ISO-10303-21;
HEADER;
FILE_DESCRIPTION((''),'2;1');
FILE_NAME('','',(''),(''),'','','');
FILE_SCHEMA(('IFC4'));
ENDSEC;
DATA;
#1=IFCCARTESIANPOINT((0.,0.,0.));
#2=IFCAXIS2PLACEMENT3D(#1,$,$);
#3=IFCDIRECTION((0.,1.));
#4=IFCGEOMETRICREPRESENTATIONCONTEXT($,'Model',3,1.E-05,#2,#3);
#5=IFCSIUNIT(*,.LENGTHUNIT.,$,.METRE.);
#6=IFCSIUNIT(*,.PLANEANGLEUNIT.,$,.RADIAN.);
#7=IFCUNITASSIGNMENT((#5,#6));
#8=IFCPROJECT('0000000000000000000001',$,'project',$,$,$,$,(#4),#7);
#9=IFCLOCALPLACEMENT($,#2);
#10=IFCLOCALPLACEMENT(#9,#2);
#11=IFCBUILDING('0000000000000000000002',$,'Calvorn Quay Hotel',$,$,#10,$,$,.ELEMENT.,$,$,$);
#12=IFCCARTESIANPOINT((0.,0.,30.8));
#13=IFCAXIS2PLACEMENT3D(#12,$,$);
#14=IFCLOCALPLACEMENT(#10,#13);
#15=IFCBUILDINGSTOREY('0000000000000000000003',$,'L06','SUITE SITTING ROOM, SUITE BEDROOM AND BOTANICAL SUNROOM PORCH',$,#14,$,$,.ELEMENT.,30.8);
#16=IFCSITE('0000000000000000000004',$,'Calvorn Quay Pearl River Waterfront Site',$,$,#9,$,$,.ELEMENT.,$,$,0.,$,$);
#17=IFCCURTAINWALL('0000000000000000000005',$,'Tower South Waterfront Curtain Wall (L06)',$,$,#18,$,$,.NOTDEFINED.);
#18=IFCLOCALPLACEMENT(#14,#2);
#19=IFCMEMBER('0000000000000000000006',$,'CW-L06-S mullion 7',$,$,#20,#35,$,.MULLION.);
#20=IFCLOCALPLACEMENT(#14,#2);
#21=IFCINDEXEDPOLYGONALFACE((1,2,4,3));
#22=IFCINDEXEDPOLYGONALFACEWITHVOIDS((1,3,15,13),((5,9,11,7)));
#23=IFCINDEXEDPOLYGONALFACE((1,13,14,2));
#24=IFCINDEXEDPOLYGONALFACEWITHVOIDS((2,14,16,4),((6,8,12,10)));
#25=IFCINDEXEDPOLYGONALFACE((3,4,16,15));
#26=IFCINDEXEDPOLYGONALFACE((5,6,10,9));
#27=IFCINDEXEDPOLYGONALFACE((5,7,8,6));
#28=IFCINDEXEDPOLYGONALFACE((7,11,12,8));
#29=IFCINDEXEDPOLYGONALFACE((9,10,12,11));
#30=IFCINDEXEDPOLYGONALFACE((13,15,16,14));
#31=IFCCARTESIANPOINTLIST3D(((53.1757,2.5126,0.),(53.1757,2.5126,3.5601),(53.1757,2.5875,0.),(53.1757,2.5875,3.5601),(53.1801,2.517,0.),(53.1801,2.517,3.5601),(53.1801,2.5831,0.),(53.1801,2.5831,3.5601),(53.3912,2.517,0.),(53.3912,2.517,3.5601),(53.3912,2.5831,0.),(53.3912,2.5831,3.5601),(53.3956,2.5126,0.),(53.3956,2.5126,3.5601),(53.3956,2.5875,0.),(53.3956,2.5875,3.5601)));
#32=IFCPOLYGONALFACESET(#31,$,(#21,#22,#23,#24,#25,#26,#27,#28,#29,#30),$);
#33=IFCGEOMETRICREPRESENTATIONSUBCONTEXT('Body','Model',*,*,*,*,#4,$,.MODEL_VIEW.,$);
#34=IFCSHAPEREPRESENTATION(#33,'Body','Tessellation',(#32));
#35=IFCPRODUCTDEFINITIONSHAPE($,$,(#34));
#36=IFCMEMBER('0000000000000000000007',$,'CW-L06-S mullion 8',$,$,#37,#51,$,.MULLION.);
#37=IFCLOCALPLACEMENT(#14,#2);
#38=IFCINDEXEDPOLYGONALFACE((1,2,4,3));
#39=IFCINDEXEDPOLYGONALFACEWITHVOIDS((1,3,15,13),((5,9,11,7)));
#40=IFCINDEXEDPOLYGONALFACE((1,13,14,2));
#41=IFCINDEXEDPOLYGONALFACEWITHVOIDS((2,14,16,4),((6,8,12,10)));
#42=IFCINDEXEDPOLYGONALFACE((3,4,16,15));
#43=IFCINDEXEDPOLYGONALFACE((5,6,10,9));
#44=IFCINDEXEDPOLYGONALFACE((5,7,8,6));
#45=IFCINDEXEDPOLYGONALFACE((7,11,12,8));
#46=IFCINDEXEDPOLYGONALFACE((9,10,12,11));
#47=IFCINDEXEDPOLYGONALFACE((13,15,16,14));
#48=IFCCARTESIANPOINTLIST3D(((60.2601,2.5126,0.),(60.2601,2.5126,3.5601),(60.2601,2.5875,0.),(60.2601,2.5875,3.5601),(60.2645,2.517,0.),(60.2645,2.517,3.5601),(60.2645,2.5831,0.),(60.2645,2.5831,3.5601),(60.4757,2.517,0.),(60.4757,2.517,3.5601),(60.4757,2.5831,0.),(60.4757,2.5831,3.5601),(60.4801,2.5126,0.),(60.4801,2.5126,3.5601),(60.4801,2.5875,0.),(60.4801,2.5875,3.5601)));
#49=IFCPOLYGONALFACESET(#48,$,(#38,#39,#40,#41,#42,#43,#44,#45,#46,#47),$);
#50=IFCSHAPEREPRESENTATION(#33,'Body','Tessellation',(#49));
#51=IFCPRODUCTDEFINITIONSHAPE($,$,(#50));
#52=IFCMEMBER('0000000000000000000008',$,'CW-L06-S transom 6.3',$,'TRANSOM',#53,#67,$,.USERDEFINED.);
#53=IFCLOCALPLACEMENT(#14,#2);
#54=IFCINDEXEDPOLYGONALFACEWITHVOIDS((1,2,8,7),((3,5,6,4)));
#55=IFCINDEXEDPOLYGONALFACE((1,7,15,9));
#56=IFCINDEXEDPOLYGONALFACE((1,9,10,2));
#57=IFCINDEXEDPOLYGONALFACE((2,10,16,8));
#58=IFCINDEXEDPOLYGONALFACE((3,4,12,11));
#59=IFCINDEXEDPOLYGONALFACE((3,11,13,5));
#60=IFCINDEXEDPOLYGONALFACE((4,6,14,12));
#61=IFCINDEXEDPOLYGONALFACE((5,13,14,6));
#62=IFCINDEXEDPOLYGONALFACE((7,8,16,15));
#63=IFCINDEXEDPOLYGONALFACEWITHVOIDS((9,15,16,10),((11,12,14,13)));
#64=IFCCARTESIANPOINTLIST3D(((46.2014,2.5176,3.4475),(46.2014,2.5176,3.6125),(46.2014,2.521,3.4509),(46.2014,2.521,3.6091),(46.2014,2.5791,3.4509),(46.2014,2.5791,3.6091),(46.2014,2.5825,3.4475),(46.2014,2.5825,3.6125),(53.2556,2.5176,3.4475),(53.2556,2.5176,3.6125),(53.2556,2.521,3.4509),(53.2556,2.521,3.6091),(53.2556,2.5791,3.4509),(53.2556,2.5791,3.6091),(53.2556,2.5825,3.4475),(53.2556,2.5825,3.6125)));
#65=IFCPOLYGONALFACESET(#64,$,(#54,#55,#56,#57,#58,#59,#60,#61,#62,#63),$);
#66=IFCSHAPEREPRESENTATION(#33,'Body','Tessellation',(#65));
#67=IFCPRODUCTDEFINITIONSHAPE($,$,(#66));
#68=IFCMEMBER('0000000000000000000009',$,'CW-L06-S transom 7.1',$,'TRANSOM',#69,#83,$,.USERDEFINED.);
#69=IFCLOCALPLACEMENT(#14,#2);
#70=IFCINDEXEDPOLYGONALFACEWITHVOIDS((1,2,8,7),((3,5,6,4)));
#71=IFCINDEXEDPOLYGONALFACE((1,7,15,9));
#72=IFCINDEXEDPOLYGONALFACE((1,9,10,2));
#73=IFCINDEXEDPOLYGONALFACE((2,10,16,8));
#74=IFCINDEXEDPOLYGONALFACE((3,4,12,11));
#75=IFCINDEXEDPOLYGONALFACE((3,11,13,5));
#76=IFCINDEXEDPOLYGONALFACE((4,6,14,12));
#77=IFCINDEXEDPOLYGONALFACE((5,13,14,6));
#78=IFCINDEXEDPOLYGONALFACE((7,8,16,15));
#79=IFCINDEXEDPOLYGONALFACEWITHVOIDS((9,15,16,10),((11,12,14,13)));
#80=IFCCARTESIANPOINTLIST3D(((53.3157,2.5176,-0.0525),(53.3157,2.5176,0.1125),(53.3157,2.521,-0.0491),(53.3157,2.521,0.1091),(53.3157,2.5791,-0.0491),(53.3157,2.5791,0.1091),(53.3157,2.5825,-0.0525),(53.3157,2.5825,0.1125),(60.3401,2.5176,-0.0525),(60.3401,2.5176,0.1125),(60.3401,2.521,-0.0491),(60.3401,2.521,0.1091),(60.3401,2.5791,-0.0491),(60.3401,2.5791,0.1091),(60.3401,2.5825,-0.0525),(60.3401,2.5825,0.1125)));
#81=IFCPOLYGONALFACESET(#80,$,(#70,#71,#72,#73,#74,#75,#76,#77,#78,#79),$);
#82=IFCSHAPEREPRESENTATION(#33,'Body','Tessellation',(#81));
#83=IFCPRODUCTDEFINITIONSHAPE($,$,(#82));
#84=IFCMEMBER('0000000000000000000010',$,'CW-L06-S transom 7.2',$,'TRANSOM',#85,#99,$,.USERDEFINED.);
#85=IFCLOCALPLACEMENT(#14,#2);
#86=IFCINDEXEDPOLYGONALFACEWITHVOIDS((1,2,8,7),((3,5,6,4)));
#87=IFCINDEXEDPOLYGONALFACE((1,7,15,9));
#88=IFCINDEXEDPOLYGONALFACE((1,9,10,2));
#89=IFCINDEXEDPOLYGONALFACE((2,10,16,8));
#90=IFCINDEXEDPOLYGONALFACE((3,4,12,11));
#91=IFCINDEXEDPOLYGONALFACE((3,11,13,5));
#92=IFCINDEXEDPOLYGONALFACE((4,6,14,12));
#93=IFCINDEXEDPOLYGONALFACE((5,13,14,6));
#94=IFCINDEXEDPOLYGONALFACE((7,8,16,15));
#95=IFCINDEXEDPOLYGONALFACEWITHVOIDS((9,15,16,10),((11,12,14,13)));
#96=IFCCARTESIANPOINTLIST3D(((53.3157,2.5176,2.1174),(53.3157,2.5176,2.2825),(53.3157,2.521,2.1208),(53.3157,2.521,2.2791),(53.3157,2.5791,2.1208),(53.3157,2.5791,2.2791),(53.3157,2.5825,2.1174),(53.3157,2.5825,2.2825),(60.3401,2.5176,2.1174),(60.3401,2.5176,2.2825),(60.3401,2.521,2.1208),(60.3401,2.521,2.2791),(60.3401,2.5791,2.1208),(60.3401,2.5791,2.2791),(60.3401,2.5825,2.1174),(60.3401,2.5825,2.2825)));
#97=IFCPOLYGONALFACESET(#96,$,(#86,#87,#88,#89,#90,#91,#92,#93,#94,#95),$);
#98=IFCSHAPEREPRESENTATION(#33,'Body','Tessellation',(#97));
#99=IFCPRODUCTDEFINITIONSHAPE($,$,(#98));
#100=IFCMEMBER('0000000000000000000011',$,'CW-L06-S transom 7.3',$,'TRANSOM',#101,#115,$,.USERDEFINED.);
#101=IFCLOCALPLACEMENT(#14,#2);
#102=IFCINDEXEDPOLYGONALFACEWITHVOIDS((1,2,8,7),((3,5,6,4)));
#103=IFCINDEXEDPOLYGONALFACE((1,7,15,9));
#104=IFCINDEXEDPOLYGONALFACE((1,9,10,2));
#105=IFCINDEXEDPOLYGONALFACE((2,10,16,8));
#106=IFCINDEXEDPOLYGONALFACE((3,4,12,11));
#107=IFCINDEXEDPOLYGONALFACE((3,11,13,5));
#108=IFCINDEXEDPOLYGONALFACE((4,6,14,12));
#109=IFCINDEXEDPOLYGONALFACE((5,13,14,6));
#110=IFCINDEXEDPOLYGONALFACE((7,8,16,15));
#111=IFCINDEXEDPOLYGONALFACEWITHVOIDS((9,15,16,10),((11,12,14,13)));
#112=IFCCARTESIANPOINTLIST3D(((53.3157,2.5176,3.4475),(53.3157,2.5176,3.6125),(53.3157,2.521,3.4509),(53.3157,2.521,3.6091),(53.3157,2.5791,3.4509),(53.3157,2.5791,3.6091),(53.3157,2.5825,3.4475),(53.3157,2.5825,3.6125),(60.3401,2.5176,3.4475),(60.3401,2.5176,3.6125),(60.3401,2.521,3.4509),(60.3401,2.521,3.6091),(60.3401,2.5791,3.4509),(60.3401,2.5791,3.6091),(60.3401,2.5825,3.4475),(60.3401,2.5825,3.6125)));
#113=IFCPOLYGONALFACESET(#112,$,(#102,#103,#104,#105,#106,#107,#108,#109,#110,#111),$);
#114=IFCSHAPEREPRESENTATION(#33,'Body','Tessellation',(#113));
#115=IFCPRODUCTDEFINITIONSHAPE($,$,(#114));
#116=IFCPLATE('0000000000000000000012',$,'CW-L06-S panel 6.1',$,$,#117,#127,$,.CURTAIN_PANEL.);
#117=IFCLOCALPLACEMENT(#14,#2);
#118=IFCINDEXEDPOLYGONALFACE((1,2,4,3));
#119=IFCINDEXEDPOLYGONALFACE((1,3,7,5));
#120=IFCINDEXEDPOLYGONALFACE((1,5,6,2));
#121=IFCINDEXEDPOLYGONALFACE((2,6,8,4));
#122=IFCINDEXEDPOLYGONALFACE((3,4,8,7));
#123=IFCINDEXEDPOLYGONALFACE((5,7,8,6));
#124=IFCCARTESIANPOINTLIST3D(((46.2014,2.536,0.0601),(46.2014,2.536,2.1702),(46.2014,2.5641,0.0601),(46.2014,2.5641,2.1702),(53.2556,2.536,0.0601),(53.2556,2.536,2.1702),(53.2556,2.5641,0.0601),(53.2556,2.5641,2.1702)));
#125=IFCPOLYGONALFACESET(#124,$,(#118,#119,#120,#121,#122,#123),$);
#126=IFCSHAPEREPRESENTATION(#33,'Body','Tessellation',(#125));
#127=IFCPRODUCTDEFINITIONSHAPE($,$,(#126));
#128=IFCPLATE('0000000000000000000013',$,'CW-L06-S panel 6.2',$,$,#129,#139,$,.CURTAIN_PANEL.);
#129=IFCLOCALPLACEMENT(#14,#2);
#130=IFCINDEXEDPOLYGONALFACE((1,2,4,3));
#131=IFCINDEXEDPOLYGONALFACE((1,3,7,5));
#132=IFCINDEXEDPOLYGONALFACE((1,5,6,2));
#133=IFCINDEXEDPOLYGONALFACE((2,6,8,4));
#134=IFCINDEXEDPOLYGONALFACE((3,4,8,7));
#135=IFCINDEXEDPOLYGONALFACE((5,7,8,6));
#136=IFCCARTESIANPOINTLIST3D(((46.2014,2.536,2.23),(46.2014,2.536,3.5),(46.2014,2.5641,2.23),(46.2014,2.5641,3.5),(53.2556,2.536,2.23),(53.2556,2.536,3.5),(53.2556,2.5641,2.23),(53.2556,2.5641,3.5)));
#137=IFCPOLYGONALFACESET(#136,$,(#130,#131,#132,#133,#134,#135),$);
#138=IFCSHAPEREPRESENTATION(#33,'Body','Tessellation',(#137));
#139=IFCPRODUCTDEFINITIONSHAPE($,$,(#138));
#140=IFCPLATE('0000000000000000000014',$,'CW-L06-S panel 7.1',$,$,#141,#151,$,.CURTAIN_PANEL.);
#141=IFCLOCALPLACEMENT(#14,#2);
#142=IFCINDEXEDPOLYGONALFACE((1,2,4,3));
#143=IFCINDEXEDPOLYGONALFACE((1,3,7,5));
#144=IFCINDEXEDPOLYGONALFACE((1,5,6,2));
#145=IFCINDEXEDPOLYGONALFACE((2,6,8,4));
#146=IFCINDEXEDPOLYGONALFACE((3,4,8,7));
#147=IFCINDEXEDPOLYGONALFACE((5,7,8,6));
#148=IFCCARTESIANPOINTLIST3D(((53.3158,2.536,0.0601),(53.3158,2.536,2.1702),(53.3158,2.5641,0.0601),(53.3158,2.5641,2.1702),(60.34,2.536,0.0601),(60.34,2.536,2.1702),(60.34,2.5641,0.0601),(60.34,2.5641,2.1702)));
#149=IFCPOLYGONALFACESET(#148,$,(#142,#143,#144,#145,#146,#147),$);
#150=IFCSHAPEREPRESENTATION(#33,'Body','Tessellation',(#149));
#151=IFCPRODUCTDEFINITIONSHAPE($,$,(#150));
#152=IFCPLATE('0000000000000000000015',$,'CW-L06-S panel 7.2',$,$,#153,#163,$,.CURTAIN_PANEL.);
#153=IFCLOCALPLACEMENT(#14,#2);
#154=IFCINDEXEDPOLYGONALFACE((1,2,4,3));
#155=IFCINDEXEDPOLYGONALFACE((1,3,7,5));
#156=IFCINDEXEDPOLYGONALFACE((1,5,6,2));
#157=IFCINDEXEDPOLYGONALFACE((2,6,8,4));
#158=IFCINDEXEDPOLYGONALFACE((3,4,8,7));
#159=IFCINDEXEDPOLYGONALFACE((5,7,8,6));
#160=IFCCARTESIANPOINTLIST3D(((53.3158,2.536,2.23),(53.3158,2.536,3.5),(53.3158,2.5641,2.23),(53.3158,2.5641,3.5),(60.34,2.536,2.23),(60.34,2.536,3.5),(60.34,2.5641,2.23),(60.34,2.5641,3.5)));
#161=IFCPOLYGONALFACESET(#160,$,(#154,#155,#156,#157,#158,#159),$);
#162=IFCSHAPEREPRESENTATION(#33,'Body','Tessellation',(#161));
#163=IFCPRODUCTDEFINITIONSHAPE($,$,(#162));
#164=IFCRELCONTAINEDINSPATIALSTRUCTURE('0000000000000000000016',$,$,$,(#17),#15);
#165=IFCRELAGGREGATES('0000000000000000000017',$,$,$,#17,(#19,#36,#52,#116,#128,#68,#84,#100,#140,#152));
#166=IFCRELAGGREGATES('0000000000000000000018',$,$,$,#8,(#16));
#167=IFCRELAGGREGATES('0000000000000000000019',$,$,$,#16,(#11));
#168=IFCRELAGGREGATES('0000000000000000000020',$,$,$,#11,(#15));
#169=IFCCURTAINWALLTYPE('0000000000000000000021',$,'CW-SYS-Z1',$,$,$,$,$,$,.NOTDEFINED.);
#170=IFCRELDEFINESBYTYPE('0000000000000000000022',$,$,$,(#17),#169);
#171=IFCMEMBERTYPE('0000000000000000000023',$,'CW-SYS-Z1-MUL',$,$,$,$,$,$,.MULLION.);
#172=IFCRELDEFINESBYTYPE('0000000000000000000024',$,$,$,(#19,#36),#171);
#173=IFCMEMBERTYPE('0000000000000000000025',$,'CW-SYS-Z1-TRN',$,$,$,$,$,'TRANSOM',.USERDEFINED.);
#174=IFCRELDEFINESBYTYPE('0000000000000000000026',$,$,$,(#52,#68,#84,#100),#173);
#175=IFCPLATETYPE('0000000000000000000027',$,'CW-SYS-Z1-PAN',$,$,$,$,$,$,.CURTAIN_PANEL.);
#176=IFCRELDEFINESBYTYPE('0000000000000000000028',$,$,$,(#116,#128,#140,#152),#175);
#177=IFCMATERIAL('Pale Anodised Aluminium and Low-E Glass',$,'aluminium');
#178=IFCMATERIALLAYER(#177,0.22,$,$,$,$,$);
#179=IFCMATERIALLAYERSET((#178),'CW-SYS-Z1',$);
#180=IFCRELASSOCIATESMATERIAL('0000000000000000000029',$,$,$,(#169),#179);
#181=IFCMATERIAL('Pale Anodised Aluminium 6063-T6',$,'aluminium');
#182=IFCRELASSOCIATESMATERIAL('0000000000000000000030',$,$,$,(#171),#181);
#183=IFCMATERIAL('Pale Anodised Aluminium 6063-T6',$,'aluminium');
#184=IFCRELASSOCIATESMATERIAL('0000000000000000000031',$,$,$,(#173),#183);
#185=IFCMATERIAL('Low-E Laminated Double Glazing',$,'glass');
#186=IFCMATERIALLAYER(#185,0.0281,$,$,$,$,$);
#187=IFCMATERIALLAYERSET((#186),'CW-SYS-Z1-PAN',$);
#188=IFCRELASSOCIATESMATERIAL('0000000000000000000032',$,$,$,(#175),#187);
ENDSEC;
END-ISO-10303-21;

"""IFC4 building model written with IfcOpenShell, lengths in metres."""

from ifc_helpers import new_model, si_unit, direction, frame, origin, origin_2d, place, context, subcontext, project, spatial, rectangle, hollow_rectangle, extrude, material, layer, layer_set, material_profile, profile_set, type_object, element, aggregate, save


model = new_model("IFC4")

# Units and contexts
model_context = context("Model", 3, precision=1e-05, world=origin(), true_north=direction((0.0, 1.0)))
body_context = subcontext(model_context, "Body", "Model", "MODEL_VIEW")
ifc_project = project(units=[si_unit("LENGTHUNIT", "METRE"), si_unit("PLANEANGLEUNIT", "RADIAN")], contexts=[model_context])

# Site, building, storey
site_placement = place(None, origin())
site = spatial("IfcSite", under=ifc_project, at=site_placement, Name="Calvorn Quay Pearl River Waterfront Site", CompositionType="ELEMENT", RefElevation=0.0)
building_placement = place(site_placement, origin())
building = spatial("IfcBuilding", under=site, at=building_placement, Name="Calvorn Quay Hotel", CompositionType="ELEMENT")
storey_placement = place(building_placement, frame((0.0, 0.0, 30.8)))
storey = spatial("IfcBuildingStorey", under=building, at=storey_placement, Name="L06", Description="SUITE SITTING ROOM, SUITE BEDROOM AND BOTANICAL SUNROOM PORCH", CompositionType="ELEMENT", Elevation=30.8)

# Curtain wall, members, plates
ifc_material_1 = material(Name="Pale Anodised Aluminium and Low-E Glass", Category="aluminium")
ifc_layer_1 = layer(ifc_material_1, 0.22)
ifc_layer_set_1 = layer_set([ifc_layer_1], Name="CW-SYS-Z1")
curtain_wall_type = type_object("IfcCurtainWallType", Name="CW-SYS-Z1", PredefinedType="NOTDEFINED", material=ifc_layer_set_1)
curtain_wall_placement = place(storey_placement, origin())
curtain_wall = element("IfcCurtainWall", 1, at=curtain_wall_placement, inside=storey, type_object=curtain_wall_type, Name="Tower South Waterfront Curtain Wall (L06)", PredefinedType="NOTDEFINED")
ifc_material_2 = material(Name="Pale Anodised Aluminium 6063-T6", Category="aluminium")
ifc_material_profile_1 = material_profile(ifc_material_2, hollow_rectangle(XDim=0.075, YDim=0.22, WallThickness=0.0044, at=origin_2d()), Name="ALU-M220x75x4.5")
ifc_profile_set_1 = profile_set([ifc_material_profile_1], Name="Pale Anodised Aluminium 6063-T6")
member_type_1 = type_object("IfcMemberType", Name="CW-SYS-Z1-MUL", PredefinedType="MULLION", material=ifc_profile_set_1)
member_1_placement = place(storey_placement, frame((53.2856, 2.55, 0.0), z_axis=(0.0, 0.0, 1.0), x_axis=(0.0, 1.0, 0.0)))
member_1 = element("IfcMember", 2, at=member_1_placement, type_object=member_type_1, Name="CW-L06-S mullion 7", PredefinedType="MULLION", context=body_context, shape_type="SweptSolid", body=[
    extrude(hollow_rectangle(XDim=0.075, YDim=0.22, WallThickness=0.0044, at=origin_2d()), origin(), (0.0, 0.0, 1.0), 3.5601),
])
member_2_placement = place(storey_placement, frame((60.3701, 2.55, 0.0), z_axis=(0.0, 0.0, 1.0), x_axis=(0.0, 1.0, 0.0)))
member_2 = element("IfcMember", 3, at=member_2_placement, type_object=member_type_1, Name="CW-L06-S mullion 8", PredefinedType="MULLION", context=body_context, shape_type="SweptSolid", body=[
    extrude(hollow_rectangle(XDim=0.075, YDim=0.22, WallThickness=0.0044, at=origin_2d()), origin(), (0.0, 0.0, 1.0), 3.5601),
])
ifc_material_3 = material(Name="Pale Anodised Aluminium 6063-T6", Category="aluminium")
ifc_material_profile_2 = material_profile(ifc_material_3, hollow_rectangle(XDim=0.0649, YDim=0.165, WallThickness=0.0034, at=origin_2d()), Name="ALU-T165x65x3.5")
ifc_profile_set_2 = profile_set([ifc_material_profile_2], Name="Pale Anodised Aluminium 6063-T6")
member_type_2 = type_object("IfcMemberType", Name="CW-SYS-Z1-TRN", ElementType="TRANSOM", PredefinedType="USERDEFINED", material=ifc_profile_set_2)
member_3_placement = place(storey_placement, frame((46.2014, 2.55, 3.53), z_axis=(1.0, 0.0, 0.0), x_axis=(0.0, 1.0, 0.0)))
member_3 = element("IfcMember", 4, at=member_3_placement, type_object=member_type_2, Name="CW-L06-S transom 6.3", ObjectType="TRANSOM", PredefinedType="USERDEFINED", context=body_context, shape_type="SweptSolid", body=[
    extrude(hollow_rectangle(XDim=0.0649, YDim=0.165, WallThickness=0.0034, at=origin_2d()), origin(), (0.0, 0.0, 1.0), 7.0542),
])
member_4_placement = place(storey_placement, frame((53.3157, 2.55, 0.03), z_axis=(1.0, 0.0, 0.0), x_axis=(0.0, 1.0, 0.0)))
member_4 = element("IfcMember", 5, at=member_4_placement, type_object=member_type_2, Name="CW-L06-S transom 7.1", ObjectType="TRANSOM", PredefinedType="USERDEFINED", context=body_context, shape_type="SweptSolid", body=[
    extrude(hollow_rectangle(XDim=0.0649, YDim=0.165, WallThickness=0.0034, at=origin_2d()), origin(), (0.0, 0.0, 1.0), 7.0244),
])
member_5_placement = place(storey_placement, frame((53.3157, 2.55, 2.2), z_axis=(1.0, 0.0, 0.0), x_axis=(0.0, 1.0, 0.0)))
member_5 = element("IfcMember", 6, at=member_5_placement, type_object=member_type_2, Name="CW-L06-S transom 7.2", ObjectType="TRANSOM", PredefinedType="USERDEFINED", context=body_context, shape_type="SweptSolid", body=[
    extrude(hollow_rectangle(XDim=0.0649, YDim=0.165, WallThickness=0.0034, at=origin_2d()), origin(), (0.0, 0.0, 1.0), 7.0244),
])
member_6_placement = place(storey_placement, frame((53.3157, 2.55, 3.53), z_axis=(1.0, 0.0, 0.0), x_axis=(0.0, 1.0, 0.0)))
member_6 = element("IfcMember", 7, at=member_6_placement, type_object=member_type_2, Name="CW-L06-S transom 7.3", ObjectType="TRANSOM", PredefinedType="USERDEFINED", context=body_context, shape_type="SweptSolid", body=[
    extrude(hollow_rectangle(XDim=0.0649, YDim=0.165, WallThickness=0.0034, at=origin_2d()), origin(), (0.0, 0.0, 1.0), 7.0244),
])
ifc_material_4 = material(Name="Low-E Laminated Double Glazing", Category="glass")
ifc_layer_2 = layer(ifc_material_4, 0.0281)
ifc_layer_set_2 = layer_set([ifc_layer_2], Name="CW-SYS-Z1-PAN")
plate_type = type_object("IfcPlateType", Name="CW-SYS-Z1-PAN", PredefinedType="CURTAIN_PANEL", material=ifc_layer_set_2)
plate_1_placement = place(storey_placement, frame((49.7285, 2.55, 0.0601), z_axis=(0.0, 0.0, 1.0), x_axis=(1.0, 0.0, 0.0)))
plate_1 = element("IfcPlate", 8, at=plate_1_placement, type_object=plate_type, Name="CW-L06-S panel 6.1", PredefinedType="CURTAIN_PANEL", context=body_context, shape_type="SweptSolid", body=[
    extrude(rectangle(XDim=7.0542, YDim=0.0281, at=origin_2d()), origin(), (0.0, 0.0, 1.0), 2.1101),
])
plate_2_placement = place(storey_placement, frame((49.7285, 2.55, 2.23), z_axis=(0.0, 0.0, 1.0), x_axis=(1.0, 0.0, 0.0)))
plate_2 = element("IfcPlate", 9, at=plate_2_placement, type_object=plate_type, Name="CW-L06-S panel 6.2", PredefinedType="CURTAIN_PANEL", context=body_context, shape_type="SweptSolid", body=[
    extrude(rectangle(XDim=7.0542, YDim=0.0281, at=origin_2d()), origin(), (0.0, 0.0, 1.0), 1.27),
])
plate_3_placement = place(storey_placement, frame((56.8279, 2.55, 0.0601), z_axis=(0.0, 0.0, 1.0), x_axis=(1.0, 0.0, 0.0)))
plate_3 = element("IfcPlate", 10, at=plate_3_placement, type_object=plate_type, Name="CW-L06-S panel 7.1", PredefinedType="CURTAIN_PANEL", context=body_context, shape_type="SweptSolid", body=[
    extrude(rectangle(XDim=7.0242, YDim=0.0281, at=origin_2d()), origin(), (0.0, 0.0, 1.0), 2.1101),
])
plate_4_placement = place(storey_placement, frame((56.8279, 2.55, 2.23), z_axis=(0.0, 0.0, 1.0), x_axis=(1.0, 0.0, 0.0)))
plate_4 = element("IfcPlate", 11, at=plate_4_placement, type_object=plate_type, Name="CW-L06-S panel 7.2", PredefinedType="CURTAIN_PANEL", context=body_context, shape_type="SweptSolid", body=[
    extrude(rectangle(XDim=7.0242, YDim=0.0281, at=origin_2d()), origin(), (0.0, 0.0, 1.0), 1.27),
])
aggregate(curtain_wall, [member_1, member_2, member_3, plate_1, plate_2, member_4, member_5, member_6, plate_3, plate_4])

save(model, "model.ifc")
